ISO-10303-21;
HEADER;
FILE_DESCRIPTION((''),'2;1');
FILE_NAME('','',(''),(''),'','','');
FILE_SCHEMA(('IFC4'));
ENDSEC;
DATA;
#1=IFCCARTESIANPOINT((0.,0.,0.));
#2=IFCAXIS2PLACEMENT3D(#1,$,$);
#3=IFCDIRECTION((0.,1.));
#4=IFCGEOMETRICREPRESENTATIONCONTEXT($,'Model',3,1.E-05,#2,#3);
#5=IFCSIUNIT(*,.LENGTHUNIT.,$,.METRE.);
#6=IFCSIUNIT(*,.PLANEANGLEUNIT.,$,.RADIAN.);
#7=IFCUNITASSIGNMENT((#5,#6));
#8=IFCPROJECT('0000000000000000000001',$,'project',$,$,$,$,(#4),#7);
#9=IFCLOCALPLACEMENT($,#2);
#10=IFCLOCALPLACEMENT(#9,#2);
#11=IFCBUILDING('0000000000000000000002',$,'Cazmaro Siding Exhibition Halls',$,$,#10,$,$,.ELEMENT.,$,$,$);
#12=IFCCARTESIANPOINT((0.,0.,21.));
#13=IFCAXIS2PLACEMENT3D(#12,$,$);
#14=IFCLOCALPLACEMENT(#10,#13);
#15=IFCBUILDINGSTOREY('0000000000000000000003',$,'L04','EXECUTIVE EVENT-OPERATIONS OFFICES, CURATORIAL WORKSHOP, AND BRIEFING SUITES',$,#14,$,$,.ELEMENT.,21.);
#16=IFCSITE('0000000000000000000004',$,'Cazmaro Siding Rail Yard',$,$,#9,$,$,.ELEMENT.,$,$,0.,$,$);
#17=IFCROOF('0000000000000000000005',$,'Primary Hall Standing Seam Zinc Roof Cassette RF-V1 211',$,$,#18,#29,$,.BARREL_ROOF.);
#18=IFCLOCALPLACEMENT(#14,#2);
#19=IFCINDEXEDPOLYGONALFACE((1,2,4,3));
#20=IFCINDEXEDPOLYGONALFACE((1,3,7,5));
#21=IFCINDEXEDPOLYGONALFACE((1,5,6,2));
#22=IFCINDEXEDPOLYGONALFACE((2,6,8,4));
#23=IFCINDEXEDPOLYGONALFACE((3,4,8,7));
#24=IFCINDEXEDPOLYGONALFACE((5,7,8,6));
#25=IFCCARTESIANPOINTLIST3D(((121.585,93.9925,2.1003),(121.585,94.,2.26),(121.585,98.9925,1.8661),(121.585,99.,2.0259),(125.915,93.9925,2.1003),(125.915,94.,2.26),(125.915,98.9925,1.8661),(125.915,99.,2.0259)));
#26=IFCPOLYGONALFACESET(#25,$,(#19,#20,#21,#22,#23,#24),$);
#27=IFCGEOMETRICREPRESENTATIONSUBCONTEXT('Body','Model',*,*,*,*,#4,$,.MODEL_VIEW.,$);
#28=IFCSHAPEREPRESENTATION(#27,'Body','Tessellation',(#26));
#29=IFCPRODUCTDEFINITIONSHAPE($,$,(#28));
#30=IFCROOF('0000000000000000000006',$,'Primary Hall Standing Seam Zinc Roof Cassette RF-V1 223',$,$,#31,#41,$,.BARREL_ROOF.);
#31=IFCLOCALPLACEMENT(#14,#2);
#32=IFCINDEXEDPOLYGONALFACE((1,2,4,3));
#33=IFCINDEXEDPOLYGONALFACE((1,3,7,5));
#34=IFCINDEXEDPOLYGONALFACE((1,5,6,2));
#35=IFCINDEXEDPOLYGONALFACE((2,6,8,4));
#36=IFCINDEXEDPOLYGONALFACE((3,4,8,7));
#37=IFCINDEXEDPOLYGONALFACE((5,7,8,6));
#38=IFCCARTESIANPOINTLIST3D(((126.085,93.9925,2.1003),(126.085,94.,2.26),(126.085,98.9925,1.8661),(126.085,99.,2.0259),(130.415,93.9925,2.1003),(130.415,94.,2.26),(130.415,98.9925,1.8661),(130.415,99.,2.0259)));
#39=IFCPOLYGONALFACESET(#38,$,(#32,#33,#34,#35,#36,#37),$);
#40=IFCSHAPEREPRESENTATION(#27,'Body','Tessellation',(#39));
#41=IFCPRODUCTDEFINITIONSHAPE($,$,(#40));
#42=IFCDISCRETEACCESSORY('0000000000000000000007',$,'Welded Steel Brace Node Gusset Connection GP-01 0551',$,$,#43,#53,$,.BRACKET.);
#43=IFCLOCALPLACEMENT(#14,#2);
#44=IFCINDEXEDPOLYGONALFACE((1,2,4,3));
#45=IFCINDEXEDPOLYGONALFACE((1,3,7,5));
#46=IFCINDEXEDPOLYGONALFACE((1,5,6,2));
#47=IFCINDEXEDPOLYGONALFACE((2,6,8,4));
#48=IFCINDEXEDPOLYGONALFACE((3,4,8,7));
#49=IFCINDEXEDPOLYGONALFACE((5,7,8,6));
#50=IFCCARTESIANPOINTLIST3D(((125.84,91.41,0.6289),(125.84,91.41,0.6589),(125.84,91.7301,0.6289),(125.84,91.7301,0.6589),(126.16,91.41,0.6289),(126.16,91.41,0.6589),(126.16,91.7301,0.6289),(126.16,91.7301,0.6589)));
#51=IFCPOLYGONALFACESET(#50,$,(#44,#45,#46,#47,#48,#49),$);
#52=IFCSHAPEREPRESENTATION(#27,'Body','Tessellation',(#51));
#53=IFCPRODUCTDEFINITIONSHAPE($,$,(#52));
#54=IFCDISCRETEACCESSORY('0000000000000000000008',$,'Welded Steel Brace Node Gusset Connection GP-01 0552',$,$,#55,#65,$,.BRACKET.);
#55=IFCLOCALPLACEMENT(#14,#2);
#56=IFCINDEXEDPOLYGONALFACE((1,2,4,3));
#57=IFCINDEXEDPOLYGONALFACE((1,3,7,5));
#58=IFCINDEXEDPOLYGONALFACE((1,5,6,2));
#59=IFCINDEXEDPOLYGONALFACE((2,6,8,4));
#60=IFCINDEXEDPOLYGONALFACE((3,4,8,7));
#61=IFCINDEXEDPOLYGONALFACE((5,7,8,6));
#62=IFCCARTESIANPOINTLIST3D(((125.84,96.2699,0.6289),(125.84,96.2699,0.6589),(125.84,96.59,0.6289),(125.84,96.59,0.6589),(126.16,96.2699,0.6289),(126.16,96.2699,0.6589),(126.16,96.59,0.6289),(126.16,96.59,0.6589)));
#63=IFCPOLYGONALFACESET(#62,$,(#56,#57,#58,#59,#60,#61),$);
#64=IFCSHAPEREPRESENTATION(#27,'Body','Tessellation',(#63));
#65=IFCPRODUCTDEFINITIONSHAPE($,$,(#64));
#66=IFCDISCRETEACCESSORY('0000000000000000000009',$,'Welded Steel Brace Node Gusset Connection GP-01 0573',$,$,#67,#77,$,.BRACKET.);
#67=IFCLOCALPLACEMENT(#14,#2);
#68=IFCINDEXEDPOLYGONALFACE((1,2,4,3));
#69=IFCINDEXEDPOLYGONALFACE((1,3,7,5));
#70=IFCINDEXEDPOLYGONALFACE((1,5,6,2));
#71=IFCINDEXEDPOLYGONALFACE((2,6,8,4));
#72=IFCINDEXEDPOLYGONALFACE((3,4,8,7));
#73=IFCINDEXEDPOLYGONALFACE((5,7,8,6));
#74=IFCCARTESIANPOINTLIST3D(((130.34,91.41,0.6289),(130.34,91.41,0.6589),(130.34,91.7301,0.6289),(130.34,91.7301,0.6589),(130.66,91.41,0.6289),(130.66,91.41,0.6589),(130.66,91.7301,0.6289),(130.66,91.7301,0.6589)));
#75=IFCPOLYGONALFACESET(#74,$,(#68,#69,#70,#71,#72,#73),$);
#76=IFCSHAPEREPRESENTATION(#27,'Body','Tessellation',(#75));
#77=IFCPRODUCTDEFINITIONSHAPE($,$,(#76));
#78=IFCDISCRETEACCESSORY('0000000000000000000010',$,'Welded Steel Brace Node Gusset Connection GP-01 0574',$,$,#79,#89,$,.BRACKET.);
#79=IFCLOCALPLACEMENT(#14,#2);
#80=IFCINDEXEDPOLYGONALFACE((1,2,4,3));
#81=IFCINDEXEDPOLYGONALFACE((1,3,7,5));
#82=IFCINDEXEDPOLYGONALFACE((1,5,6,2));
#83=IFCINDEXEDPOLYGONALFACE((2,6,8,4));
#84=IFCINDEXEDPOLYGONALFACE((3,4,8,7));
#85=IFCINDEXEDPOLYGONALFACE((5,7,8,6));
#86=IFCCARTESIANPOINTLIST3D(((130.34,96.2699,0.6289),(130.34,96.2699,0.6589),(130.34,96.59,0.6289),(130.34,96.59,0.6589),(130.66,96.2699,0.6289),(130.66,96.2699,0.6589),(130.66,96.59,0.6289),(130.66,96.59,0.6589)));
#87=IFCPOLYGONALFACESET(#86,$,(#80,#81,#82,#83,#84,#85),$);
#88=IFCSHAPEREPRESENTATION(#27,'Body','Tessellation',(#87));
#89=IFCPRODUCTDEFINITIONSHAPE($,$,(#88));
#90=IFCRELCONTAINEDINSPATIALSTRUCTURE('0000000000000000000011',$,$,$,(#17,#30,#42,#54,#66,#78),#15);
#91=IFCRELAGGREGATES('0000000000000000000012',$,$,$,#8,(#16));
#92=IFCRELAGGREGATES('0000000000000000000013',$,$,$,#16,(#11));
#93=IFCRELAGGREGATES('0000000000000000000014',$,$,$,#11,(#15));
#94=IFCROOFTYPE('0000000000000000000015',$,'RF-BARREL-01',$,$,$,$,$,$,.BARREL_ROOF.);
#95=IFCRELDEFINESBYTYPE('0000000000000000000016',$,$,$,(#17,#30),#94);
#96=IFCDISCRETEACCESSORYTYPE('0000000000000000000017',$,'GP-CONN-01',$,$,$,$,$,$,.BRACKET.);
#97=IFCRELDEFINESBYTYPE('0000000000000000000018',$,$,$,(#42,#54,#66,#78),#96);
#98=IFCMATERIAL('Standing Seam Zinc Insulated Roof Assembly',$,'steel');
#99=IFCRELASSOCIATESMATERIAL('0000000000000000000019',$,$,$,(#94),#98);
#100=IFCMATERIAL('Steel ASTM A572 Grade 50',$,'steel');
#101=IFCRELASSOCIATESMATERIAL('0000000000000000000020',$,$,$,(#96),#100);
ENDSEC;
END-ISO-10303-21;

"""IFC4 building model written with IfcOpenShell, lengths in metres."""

from ifc_helpers import new_model, si_unit, direction, frame, origin, origin_2d, place, context, subcontext, project, spatial, polyline, rectangle, outline, extrude, material, type_object, element, save


model = new_model("IFC4")

# Units and contexts
model_context = context("Model", 3, precision=1e-05, world=origin(), true_north=direction((0.0, 1.0)))
body_context = subcontext(model_context, "Body", "Model", "MODEL_VIEW")
ifc_project = project(units=[si_unit("LENGTHUNIT", "METRE"), si_unit("PLANEANGLEUNIT", "RADIAN")], contexts=[model_context])

# Site, building, storey
site_placement = place(None, origin())
site = spatial("IfcSite", under=ifc_project, at=site_placement, Name="Cazmaro Siding Rail Yard", CompositionType="ELEMENT", RefElevation=0.0)
building_placement = place(site_placement, origin())
building = spatial("IfcBuilding", under=site, at=building_placement, Name="Cazmaro Siding Exhibition Halls", CompositionType="ELEMENT")
storey_placement = place(building_placement, frame((0.0, 0.0, 21.0)))
storey = spatial("IfcBuildingStorey", under=building, at=storey_placement, Name="L04", Description="EXECUTIVE EVENT-OPERATIONS OFFICES, CURATORIAL WORKSHOP, AND BRIEFING SUITES", CompositionType="ELEMENT", Elevation=21.0)

# Roofs
ifc_material_1 = material(Name="Standing Seam Zinc Insulated Roof Assembly", Category="steel")
roof_type = type_object("IfcRoofType", Name="RF-BARREL-01", PredefinedType="BARREL_ROOF", material=ifc_material_1)
for number, where, z_axis, x_axis, name in (
    (1, (121.585, 94.0, 2.26), (0.0, 0.046775, 0.998905), (1.0, 0.0, 0.0), "Primary Hall Standing Seam Zinc Roof Cassette RF-V1 211"),
    (2, (126.085, 94.0, 2.26), (0.0, 0.046775, 0.998905), (1.0, 0.0, 0.0), "Primary Hall Standing Seam Zinc Roof Cassette RF-V1 223"),
):
    element("IfcRoof", number, at=place(storey_placement, frame(where, z_axis=z_axis, x_axis=x_axis)), inside=storey, type_object=roof_type, Name=name, PredefinedType="BARREL_ROOF", context=body_context, shape_type="SweptSolid", body=[
        extrude(outline(polyline([(0.0, 0.0), (4.3301, 0.0), (4.3301, 5.0055), (0.0, 5.0055), (0.0, 0.0)])), origin(), (0.0, 0.0, -1.0), 0.1599),
    ])

# Discrete accessories
ifc_material_2 = material(Name="Steel ASTM A572 Grade 50", Category="steel")
discrete_accessory_type = type_object("IfcDiscreteAccessoryType", Name="GP-CONN-01", PredefinedType="BRACKET", material=ifc_material_2)
for number, where, z_axis, x_axis, name in (
    (3, (126.0, 91.5701, 0.6289), (0.0, 0.0, 1.0), (1.0, 0.0, 0.0), "Welded Steel Brace Node Gusset Connection GP-01 0551"),
    (4, (126.0, 96.4299, 0.6289), (0.0, 0.0, 1.0), (1.0, 0.0, 0.0), "Welded Steel Brace Node Gusset Connection GP-01 0552"),
    (5, (130.5, 91.5701, 0.6289), (0.0, 0.0, 1.0), (1.0, 0.0, 0.0), "Welded Steel Brace Node Gusset Connection GP-01 0573"),
    (6, (130.5, 96.4299, 0.6289), (0.0, 0.0, 1.0), (1.0, 0.0, 0.0), "Welded Steel Brace Node Gusset Connection GP-01 0574"),
):
    element("IfcDiscreteAccessory", number, at=place(storey_placement, frame(where, z_axis=z_axis, x_axis=x_axis)), inside=storey, type_object=discrete_accessory_type, Name=name, PredefinedType="BRACKET", context=body_context, shape_type="SweptSolid", body=[
        extrude(rectangle(XDim=0.3201, YDim=0.3201, at=origin_2d()), origin(), (0.0, 0.0, 1.0), 0.03),
    ])

save(model, "model.ifc")
